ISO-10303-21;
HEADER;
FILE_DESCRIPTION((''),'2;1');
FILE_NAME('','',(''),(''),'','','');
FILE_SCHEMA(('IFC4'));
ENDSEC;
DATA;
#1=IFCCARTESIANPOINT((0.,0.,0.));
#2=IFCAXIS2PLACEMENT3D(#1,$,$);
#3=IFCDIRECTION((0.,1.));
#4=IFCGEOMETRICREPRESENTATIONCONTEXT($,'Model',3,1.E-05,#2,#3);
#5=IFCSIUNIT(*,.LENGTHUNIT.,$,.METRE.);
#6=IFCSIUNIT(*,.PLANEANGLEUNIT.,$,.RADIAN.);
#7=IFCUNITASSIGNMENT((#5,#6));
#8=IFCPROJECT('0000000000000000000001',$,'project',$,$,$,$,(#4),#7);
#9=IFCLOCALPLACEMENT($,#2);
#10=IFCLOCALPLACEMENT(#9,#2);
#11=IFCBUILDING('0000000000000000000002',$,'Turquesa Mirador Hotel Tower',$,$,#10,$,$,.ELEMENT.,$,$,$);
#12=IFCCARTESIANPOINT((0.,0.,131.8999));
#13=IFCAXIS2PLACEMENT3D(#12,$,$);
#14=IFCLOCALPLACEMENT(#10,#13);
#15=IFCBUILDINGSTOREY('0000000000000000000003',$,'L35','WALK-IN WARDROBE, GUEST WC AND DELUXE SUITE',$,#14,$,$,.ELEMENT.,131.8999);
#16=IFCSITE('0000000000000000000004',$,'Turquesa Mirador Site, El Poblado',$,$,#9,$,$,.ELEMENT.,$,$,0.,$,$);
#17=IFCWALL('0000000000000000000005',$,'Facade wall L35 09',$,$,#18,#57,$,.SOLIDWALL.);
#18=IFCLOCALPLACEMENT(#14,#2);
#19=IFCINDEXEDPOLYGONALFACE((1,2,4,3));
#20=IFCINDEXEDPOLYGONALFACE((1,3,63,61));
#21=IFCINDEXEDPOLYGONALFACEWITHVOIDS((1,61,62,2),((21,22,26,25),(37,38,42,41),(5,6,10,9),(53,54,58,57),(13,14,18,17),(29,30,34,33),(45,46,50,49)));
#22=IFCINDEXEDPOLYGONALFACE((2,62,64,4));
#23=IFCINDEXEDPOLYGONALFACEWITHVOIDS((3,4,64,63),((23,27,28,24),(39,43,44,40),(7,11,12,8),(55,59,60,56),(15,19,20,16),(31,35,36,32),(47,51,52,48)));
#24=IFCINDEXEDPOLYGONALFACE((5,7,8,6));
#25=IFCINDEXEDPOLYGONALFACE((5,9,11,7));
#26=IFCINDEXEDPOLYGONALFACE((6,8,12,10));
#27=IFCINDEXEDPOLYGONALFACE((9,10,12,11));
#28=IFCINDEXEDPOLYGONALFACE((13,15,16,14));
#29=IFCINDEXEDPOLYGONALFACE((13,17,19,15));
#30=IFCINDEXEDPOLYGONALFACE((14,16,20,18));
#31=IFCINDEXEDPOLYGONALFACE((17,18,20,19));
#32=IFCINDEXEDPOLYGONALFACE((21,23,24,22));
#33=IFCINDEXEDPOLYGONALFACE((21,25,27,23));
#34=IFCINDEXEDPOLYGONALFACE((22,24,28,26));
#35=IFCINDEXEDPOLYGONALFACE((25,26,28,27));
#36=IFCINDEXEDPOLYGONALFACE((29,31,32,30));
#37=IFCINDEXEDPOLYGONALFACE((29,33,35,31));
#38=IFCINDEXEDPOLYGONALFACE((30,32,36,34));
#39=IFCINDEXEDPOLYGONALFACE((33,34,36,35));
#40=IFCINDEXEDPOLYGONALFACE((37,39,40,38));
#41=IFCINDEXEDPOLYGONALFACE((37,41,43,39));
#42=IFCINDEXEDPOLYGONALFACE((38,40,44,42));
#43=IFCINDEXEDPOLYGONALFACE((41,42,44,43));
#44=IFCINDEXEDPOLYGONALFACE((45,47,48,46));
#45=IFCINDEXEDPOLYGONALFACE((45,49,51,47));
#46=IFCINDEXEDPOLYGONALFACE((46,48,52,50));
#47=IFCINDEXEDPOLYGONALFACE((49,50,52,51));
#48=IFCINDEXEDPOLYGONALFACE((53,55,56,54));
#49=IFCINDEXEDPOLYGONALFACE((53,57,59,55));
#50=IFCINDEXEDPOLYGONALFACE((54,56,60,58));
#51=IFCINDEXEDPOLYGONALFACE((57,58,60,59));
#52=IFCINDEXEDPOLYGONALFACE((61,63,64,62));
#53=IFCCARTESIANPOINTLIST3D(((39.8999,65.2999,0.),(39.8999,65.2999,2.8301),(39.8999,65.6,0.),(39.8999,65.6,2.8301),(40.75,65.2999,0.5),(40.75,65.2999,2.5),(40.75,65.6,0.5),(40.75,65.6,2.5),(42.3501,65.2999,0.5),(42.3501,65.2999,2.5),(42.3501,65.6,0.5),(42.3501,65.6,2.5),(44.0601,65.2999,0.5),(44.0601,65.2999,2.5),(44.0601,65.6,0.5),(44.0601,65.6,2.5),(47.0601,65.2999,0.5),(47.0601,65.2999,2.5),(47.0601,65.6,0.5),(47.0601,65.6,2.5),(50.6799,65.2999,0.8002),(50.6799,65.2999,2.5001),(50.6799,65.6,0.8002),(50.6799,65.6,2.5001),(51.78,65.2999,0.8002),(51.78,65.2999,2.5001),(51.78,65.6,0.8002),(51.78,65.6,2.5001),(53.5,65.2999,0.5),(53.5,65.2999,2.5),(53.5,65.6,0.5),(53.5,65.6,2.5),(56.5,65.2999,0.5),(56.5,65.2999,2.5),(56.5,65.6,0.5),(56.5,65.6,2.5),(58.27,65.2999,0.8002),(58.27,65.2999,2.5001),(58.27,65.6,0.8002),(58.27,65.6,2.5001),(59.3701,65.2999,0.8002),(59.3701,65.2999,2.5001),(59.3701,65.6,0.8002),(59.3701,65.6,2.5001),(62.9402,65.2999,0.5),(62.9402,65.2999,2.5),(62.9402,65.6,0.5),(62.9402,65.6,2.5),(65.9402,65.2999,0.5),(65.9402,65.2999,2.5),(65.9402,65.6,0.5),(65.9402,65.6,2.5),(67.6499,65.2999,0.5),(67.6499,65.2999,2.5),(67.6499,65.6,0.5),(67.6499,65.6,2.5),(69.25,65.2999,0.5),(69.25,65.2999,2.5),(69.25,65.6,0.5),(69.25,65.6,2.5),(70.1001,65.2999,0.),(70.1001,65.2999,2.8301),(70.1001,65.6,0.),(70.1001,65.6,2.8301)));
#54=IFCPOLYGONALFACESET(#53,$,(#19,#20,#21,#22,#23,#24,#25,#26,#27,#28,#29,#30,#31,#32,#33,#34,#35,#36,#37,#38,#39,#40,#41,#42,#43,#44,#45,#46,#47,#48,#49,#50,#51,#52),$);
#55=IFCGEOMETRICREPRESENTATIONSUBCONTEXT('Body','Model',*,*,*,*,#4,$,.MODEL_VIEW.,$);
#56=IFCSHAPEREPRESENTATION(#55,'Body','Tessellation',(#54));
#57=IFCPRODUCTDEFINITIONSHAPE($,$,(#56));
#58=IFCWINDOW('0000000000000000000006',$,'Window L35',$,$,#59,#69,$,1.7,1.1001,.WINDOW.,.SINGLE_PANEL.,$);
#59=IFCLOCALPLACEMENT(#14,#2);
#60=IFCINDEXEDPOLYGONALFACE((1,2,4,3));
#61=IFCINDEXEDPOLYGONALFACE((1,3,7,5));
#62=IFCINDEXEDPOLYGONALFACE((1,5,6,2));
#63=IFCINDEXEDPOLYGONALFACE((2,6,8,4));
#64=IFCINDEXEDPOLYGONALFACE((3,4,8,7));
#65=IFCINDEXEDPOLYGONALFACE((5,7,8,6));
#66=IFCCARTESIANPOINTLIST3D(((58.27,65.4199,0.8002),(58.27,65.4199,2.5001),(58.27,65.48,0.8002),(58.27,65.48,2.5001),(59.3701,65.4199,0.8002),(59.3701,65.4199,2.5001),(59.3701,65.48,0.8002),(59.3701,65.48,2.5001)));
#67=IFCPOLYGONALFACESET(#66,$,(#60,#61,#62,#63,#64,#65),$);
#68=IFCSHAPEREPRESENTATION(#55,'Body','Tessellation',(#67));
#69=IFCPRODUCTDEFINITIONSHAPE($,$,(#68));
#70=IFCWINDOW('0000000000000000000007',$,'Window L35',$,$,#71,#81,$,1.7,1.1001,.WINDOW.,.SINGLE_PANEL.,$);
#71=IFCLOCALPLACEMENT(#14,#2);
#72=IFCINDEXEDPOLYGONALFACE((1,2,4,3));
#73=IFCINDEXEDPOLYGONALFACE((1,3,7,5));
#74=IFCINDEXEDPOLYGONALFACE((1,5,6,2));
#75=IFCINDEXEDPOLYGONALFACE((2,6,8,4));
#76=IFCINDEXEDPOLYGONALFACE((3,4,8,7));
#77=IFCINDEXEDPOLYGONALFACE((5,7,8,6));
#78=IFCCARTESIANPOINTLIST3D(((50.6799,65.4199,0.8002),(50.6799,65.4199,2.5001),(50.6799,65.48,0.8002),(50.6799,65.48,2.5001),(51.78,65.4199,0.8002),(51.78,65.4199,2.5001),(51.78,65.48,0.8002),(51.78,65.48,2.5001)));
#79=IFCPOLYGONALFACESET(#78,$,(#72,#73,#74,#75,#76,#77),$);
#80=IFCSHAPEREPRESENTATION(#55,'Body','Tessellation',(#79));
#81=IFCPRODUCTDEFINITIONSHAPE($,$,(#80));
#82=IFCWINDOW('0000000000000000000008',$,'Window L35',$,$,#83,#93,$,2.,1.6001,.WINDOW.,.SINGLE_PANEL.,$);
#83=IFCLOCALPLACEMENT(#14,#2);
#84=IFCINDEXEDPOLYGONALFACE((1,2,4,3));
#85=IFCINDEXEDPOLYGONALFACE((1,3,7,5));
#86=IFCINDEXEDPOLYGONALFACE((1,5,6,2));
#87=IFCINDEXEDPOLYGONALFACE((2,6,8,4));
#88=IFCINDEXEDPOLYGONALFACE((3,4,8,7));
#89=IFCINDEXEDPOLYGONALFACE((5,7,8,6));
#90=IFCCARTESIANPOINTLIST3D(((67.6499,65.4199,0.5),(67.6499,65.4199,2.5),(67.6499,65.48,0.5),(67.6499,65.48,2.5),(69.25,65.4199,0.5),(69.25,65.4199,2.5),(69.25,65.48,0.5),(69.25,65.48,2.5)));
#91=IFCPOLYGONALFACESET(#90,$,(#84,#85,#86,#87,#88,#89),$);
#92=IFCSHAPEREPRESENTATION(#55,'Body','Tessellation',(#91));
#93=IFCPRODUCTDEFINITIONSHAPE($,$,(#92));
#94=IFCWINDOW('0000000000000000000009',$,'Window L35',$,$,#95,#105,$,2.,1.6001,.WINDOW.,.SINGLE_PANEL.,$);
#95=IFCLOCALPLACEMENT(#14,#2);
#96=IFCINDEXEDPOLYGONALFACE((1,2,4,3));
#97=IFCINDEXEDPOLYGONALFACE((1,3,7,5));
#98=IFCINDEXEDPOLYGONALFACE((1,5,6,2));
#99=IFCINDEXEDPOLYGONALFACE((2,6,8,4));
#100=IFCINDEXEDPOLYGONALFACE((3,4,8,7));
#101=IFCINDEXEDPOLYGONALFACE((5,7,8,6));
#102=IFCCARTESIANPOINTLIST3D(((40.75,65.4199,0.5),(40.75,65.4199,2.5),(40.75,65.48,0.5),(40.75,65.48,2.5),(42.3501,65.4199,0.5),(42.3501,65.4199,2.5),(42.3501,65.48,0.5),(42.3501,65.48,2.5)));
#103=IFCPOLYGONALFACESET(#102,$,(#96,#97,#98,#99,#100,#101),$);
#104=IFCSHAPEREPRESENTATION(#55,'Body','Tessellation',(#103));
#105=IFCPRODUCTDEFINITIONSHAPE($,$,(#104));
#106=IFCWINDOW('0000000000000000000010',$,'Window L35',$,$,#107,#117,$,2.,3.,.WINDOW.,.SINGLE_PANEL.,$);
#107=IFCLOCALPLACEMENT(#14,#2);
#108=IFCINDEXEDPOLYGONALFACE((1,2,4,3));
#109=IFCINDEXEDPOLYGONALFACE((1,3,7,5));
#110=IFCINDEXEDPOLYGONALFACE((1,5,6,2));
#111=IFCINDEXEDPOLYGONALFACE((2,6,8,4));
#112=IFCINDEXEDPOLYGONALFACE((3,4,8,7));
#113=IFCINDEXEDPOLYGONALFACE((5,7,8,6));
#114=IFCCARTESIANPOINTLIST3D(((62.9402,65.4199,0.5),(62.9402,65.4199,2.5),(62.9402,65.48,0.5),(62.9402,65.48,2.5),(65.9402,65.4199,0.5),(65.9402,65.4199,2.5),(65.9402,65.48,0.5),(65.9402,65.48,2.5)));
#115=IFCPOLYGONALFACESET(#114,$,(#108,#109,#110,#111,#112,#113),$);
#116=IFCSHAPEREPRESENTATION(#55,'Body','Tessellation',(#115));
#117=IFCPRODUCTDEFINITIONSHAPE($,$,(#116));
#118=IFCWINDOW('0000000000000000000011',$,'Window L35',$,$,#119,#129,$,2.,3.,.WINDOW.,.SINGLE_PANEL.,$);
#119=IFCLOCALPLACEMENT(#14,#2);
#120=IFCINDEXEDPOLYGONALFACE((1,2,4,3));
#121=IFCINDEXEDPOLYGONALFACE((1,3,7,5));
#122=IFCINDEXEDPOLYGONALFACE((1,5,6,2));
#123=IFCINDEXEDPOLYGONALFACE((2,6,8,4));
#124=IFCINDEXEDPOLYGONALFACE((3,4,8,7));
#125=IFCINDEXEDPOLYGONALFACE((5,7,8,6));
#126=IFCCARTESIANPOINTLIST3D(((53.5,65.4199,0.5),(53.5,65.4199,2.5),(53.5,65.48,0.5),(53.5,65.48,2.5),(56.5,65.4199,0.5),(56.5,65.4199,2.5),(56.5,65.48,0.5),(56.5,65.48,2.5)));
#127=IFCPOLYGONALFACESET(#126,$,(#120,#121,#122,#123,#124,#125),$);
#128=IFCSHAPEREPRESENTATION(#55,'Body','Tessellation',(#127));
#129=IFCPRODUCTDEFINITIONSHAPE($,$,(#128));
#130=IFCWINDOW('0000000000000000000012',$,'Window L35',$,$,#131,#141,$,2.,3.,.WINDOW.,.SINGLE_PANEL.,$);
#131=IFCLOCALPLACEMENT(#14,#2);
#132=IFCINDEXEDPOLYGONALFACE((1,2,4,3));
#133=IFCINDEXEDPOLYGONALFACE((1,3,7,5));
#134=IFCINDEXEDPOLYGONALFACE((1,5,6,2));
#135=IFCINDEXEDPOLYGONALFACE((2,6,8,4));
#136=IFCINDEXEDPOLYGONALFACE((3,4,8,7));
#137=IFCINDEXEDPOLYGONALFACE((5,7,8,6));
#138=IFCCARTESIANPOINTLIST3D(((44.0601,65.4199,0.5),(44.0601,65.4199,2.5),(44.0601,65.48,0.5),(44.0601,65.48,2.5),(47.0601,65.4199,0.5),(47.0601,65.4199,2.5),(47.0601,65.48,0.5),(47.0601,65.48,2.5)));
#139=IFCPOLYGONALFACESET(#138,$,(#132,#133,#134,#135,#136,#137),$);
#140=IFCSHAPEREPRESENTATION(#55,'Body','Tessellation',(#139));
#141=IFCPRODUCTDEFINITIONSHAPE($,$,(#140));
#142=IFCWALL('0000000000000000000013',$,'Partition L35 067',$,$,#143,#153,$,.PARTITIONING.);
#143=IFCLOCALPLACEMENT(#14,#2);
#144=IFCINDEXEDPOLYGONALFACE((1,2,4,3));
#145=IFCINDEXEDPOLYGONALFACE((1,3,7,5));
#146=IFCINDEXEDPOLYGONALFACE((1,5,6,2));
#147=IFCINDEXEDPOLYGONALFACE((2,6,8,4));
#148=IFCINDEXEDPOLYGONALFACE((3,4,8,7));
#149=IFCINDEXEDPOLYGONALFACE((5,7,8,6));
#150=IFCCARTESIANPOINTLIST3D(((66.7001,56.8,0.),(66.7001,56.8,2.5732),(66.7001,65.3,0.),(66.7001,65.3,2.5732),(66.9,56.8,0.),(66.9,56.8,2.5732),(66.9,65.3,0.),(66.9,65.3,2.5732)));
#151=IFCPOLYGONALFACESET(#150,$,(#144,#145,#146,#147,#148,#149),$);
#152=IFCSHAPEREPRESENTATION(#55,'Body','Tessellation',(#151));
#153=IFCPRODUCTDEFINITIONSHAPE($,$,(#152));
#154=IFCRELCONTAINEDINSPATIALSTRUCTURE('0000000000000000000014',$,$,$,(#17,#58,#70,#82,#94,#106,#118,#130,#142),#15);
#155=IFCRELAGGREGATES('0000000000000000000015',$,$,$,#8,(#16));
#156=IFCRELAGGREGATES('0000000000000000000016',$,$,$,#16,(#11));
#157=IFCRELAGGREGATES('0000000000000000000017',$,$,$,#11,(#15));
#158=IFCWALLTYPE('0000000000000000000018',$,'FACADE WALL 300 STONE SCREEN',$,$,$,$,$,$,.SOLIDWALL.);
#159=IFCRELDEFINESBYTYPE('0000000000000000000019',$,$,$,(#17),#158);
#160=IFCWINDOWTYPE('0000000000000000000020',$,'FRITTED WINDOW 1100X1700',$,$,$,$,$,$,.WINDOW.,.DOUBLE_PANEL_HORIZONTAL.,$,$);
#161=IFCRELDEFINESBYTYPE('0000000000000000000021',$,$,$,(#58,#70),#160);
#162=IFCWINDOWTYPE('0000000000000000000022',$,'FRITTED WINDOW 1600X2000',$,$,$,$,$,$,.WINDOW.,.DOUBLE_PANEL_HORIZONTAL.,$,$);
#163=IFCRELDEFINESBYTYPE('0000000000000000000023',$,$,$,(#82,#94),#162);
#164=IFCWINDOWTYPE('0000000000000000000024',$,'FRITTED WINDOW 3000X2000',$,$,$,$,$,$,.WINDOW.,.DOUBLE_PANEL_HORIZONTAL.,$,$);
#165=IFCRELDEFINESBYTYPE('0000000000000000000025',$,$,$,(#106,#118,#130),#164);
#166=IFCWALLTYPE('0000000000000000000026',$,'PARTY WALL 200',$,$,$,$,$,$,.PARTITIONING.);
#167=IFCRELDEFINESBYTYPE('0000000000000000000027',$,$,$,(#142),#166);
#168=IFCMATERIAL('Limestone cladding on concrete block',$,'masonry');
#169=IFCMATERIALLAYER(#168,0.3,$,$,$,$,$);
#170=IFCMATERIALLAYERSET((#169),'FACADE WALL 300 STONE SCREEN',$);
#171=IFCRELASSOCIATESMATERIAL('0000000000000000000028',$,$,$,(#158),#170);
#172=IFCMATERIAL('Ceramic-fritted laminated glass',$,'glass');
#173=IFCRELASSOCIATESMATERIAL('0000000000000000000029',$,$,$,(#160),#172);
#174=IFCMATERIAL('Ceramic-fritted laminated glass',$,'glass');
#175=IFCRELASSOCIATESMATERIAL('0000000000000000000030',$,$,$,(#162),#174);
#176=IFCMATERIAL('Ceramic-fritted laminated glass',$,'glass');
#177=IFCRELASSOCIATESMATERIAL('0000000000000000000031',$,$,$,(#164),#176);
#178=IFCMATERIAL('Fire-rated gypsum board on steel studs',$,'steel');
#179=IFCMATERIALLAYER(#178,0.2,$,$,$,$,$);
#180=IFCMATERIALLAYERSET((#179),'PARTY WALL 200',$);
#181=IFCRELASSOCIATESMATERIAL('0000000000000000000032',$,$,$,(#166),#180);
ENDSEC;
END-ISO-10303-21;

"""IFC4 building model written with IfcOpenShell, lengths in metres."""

from ifc_helpers import new_model, si_unit, direction, frame, frame_2d, origin, place, context, subcontext, project, spatial, rectangle, extrude, material, layer, layer_set, type_object, element, fill, save


model = new_model("IFC4")

# Units and contexts
model_context = context("Model", 3, precision=1e-05, world=origin(), true_north=direction((0.0, 1.0)))
body_context = subcontext(model_context, "Body", "Model", "MODEL_VIEW")
ifc_project = project(units=[si_unit("LENGTHUNIT", "METRE"), si_unit("PLANEANGLEUNIT", "RADIAN")], contexts=[model_context])

# Site, building, storey
site_placement = place(None, origin())
site = spatial("IfcSite", under=ifc_project, at=site_placement, Name="Turquesa Mirador Site, El Poblado", CompositionType="ELEMENT", RefElevation=0.0)
building_placement = place(site_placement, origin())
building = spatial("IfcBuilding", under=site, at=building_placement, Name="Turquesa Mirador Hotel Tower", CompositionType="ELEMENT")
storey_placement = place(building_placement, frame((0.0, 0.0, 131.8999)))
storey = spatial("IfcBuildingStorey", under=building, at=storey_placement, Name="L35", Description="WALK-IN WARDROBE, GUEST WC AND DELUXE SUITE", CompositionType="ELEMENT", Elevation=131.8999)

# Wall, openings, windows
ifc_material_1 = material(Name="Limestone cladding on concrete block", Category="masonry")
ifc_layer_1 = layer(ifc_material_1, 0.3)
ifc_layer_set_1 = layer_set([ifc_layer_1], Name="FACADE WALL 300 STONE SCREEN")
wall_type_1 = type_object("IfcWallType", Name="FACADE WALL 300 STONE SCREEN", PredefinedType="SOLIDWALL", material=ifc_layer_set_1)
wall_1_placement = place(storey_placement, frame((70.1001, 65.45, 0.0), z_axis=(0.0, 0.0, 1.0), x_axis=(-1.0, 0.0, 0.0)))
wall_1 = element("IfcWall", 1, at=wall_1_placement, inside=storey, type_object=wall_type_1, Name="Facade wall L35 09", PredefinedType="SOLIDWALL", context=body_context, shape_type="SweptSolid", body=[
    extrude(rectangle(XDim=30.2002, YDim=0.3, at=frame_2d((15.1001, 0.0))), origin(), (0.0, 0.0, 1.0), 2.8301),
])
opening_1_placement = place(wall_1_placement, frame((0.8501, 0.0, 0.5)))
opening_1 = element("IfcOpeningElement", 2, at=opening_1_placement, cuts=wall_1, PredefinedType="OPENING", context=body_context, shape_type="SweptSolid", body=[
    extrude(rectangle(XDim=1.6001, YDim=2.0, at=frame_2d((0.8, 1.0))), frame((0.0, 0.1599, 0.0), z_axis=(0.0, -1.0, 0.0), x_axis=(1.0, 0.0, 0.0)), (0.0, 0.0, 1.0), 0.3201),
])
opening_2_placement = place(wall_1_placement, frame((4.1599, 0.0, 0.5)))
opening_2 = element("IfcOpeningElement", 3, at=opening_2_placement, cuts=wall_1, PredefinedType="OPENING", context=body_context, shape_type="SweptSolid", body=[
    extrude(rectangle(XDim=3.0, YDim=2.0, at=frame_2d((1.5, 1.0))), frame((0.0, 0.1599, 0.0), z_axis=(0.0, -1.0, 0.0), x_axis=(1.0, 0.0, 0.0)), (0.0, 0.0, 1.0), 0.3201),
])
opening_3_placement = place(wall_1_placement, frame((10.73, 0.0, 0.8)))
opening_3 = element("IfcOpeningElement", 4, at=opening_3_placement, cuts=wall_1, PredefinedType="OPENING", context=body_context, shape_type="SweptSolid", body=[
    extrude(rectangle(XDim=1.1001, YDim=1.7, at=frame_2d((0.55, 0.8501))), frame((0.0, 0.1599, 0.0), z_axis=(0.0, -1.0, 0.0), x_axis=(1.0, 0.0, 0.0)), (0.0, 0.0, 1.0), 0.3201),
])
opening_4_placement = place(wall_1_placement, frame((13.6001, 0.0, 0.5)))
opening_4 = element("IfcOpeningElement", 5, at=opening_4_placement, cuts=wall_1, PredefinedType="OPENING", context=body_context, shape_type="SweptSolid", body=[
    extrude(rectangle(XDim=3.0, YDim=2.0, at=frame_2d((1.5, 1.0))), frame((0.0, 0.1599, 0.0), z_axis=(0.0, -1.0, 0.0), x_axis=(1.0, 0.0, 0.0)), (0.0, 0.0, 1.0), 0.3201),
])
opening_5_placement = place(wall_1_placement, frame((18.3201, 0.0, 0.8)))
opening_5 = element("IfcOpeningElement", 6, at=opening_5_placement, cuts=wall_1, PredefinedType="OPENING", context=body_context, shape_type="SweptSolid", body=[
    extrude(rectangle(XDim=1.1001, YDim=1.7, at=frame_2d((0.55, 0.8501))), frame((0.0, 0.1599, 0.0), z_axis=(0.0, -1.0, 0.0), x_axis=(1.0, 0.0, 0.0)), (0.0, 0.0, 1.0), 0.3201),
])
opening_6_placement = place(wall_1_placement, frame((23.04, 0.0, 0.5)))
opening_6 = element("IfcOpeningElement", 7, at=opening_6_placement, cuts=wall_1, PredefinedType="OPENING", context=body_context, shape_type="SweptSolid", body=[
    extrude(rectangle(XDim=3.0, YDim=2.0, at=frame_2d((1.5, 1.0))), frame((0.0, 0.1599, 0.0), z_axis=(0.0, -1.0, 0.0), x_axis=(1.0, 0.0, 0.0)), (0.0, 0.0, 1.0), 0.3201),
])
opening_7_placement = place(wall_1_placement, frame((27.75, 0.0, 0.5)))
opening_7 = element("IfcOpeningElement", 8, at=opening_7_placement, cuts=wall_1, PredefinedType="OPENING", context=body_context, shape_type="SweptSolid", body=[
    extrude(rectangle(XDim=1.6001, YDim=2.0, at=frame_2d((0.8, 1.0))), frame((0.0, 0.1599, 0.0), z_axis=(0.0, -1.0, 0.0), x_axis=(1.0, 0.0, 0.0)), (0.0, 0.0, 1.0), 0.3201),
])
ifc_material_2 = material(Name="Ceramic-fritted laminated glass", Category="glass")
window_type_1 = type_object("IfcWindowType", Name="FRITTED WINDOW 1100X1700", PartitioningType="DOUBLE_PANEL_HORIZONTAL", PredefinedType="WINDOW", material=ifc_material_2)
window_1_placement = place(opening_3_placement, origin())
window_1 = element("IfcWindow", 9, at=window_1_placement, inside=storey, type_object=window_type_1, Name="Window L35", OverallHeight=1.7, OverallWidth=1.1001, PartitioningType="SINGLE_PANEL", PredefinedType="WINDOW", context=body_context, shape_type="SweptSolid", body=[
    extrude(rectangle(XDim=1.1001, YDim=1.7, at=frame_2d((0.55, 0.8501))), frame((0.0, 0.03, 0.0), z_axis=(0.0, -1.0, 0.0), x_axis=(1.0, 0.0, 0.0)), (0.0, 0.0, 1.0), 0.0601),
])
fill(opening_3, window_1)
window_2_placement = place(opening_5_placement, origin())
window_2 = element("IfcWindow", 10, at=window_2_placement, inside=storey, type_object=window_type_1, Name="Window L35", OverallHeight=1.7, OverallWidth=1.1001, PartitioningType="SINGLE_PANEL", PredefinedType="WINDOW", context=body_context, shape_type="SweptSolid", body=[
    extrude(rectangle(XDim=1.1001, YDim=1.7, at=frame_2d((0.55, 0.8501))), frame((0.0, 0.03, 0.0), z_axis=(0.0, -1.0, 0.0), x_axis=(1.0, 0.0, 0.0)), (0.0, 0.0, 1.0), 0.0601),
])
fill(opening_5, window_2)
ifc_material_3 = material(Name="Ceramic-fritted laminated glass", Category="glass")
window_type_2 = type_object("IfcWindowType", Name="FRITTED WINDOW 1600X2000", PartitioningType="DOUBLE_PANEL_HORIZONTAL", PredefinedType="WINDOW", material=ifc_material_3)
window_3_placement = place(opening_1_placement, origin())
window_3 = element("IfcWindow", 11, at=window_3_placement, inside=storey, type_object=window_type_2, Name="Window L35", OverallHeight=2.0, OverallWidth=1.6001, PartitioningType="SINGLE_PANEL", PredefinedType="WINDOW", context=body_context, shape_type="SweptSolid", body=[
    extrude(rectangle(XDim=1.6001, YDim=2.0, at=frame_2d((0.8, 1.0))), frame((0.0, 0.03, 0.0), z_axis=(0.0, -1.0, 0.0), x_axis=(1.0, 0.0, 0.0)), (0.0, 0.0, 1.0), 0.0601),
])
fill(opening_1, window_3)
window_4_placement = place(opening_7_placement, origin())
window_4 = element("IfcWindow", 12, at=window_4_placement, inside=storey, type_object=window_type_2, Name="Window L35", OverallHeight=2.0, OverallWidth=1.6001, PartitioningType="SINGLE_PANEL", PredefinedType="WINDOW", context=body_context, shape_type="SweptSolid", body=[
    extrude(rectangle(XDim=1.6001, YDim=2.0, at=frame_2d((0.8, 1.0))), frame((0.0, 0.03, 0.0), z_axis=(0.0, -1.0, 0.0), x_axis=(1.0, 0.0, 0.0)), (0.0, 0.0, 1.0), 0.0601),
])
fill(opening_7, window_4)
ifc_material_4 = material(Name="Ceramic-fritted laminated glass", Category="glass")
window_type_3 = type_object("IfcWindowType", Name="FRITTED WINDOW 3000X2000", PartitioningType="DOUBLE_PANEL_HORIZONTAL", PredefinedType="WINDOW", material=ifc_material_4)
window_5_placement = place(opening_2_placement, origin())
window_5 = element("IfcWindow", 13, at=window_5_placement, inside=storey, type_object=window_type_3, Name="Window L35", OverallHeight=2.0, OverallWidth=3.0, PartitioningType="SINGLE_PANEL", PredefinedType="WINDOW", context=body_context, shape_type="SweptSolid", body=[
    extrude(rectangle(XDim=3.0, YDim=2.0, at=frame_2d((1.5, 1.0))), frame((0.0, 0.03, 0.0), z_axis=(0.0, -1.0, 0.0), x_axis=(1.0, 0.0, 0.0)), (0.0, 0.0, 1.0), 0.0601),
])
fill(opening_2, window_5)
window_6_placement = place(opening_4_placement, origin())
window_6 = element("IfcWindow", 14, at=window_6_placement, inside=storey, type_object=window_type_3, Name="Window L35", OverallHeight=2.0, OverallWidth=3.0, PartitioningType="SINGLE_PANEL", PredefinedType="WINDOW", context=body_context, shape_type="SweptSolid", body=[
    extrude(rectangle(XDim=3.0, YDim=2.0, at=frame_2d((1.5, 1.0))), frame((0.0, 0.03, 0.0), z_axis=(0.0, -1.0, 0.0), x_axis=(1.0, 0.0, 0.0)), (0.0, 0.0, 1.0), 0.0601),
])
fill(opening_4, window_6)
window_7_placement = place(opening_6_placement, origin())
window_7 = element("IfcWindow", 15, at=window_7_placement, inside=storey, type_object=window_type_3, Name="Window L35", OverallHeight=2.0, OverallWidth=3.0, PartitioningType="SINGLE_PANEL", PredefinedType="WINDOW", context=body_context, shape_type="SweptSolid", body=[
    extrude(rectangle(XDim=3.0, YDim=2.0, at=frame_2d((1.5, 1.0))), frame((0.0, 0.03, 0.0), z_axis=(0.0, -1.0, 0.0), x_axis=(1.0, 0.0, 0.0)), (0.0, 0.0, 1.0), 0.0601),
])
fill(opening_6, window_7)

# Wall
ifc_material_5 = material(Name="Fire-rated gypsum board on steel studs", Category="steel")
ifc_layer_2 = layer(ifc_material_5, 0.2)
ifc_layer_set_2 = layer_set([ifc_layer_2], Name="PARTY WALL 200")
wall_type_2 = type_object("IfcWallType", Name="PARTY WALL 200", PredefinedType="PARTITIONING", material=ifc_layer_set_2)
wall_2_placement = place(storey_placement, frame((66.8, 56.8, 0.0), z_axis=(0.0, 0.0, 1.0), x_axis=(0.0, 1.0, 0.0)))
element("IfcWall", 16, at=wall_2_placement, inside=storey, type_object=wall_type_2, Name="Partition L35 067", PredefinedType="PARTITIONING", context=body_context, shape_type="SweptSolid", body=[
    extrude(rectangle(XDim=8.5, YDim=0.2, at=frame_2d((4.25, 0.0))), origin(), (0.0, 0.0, 1.0), 2.5732),
])

save(model, "model.ifc")
